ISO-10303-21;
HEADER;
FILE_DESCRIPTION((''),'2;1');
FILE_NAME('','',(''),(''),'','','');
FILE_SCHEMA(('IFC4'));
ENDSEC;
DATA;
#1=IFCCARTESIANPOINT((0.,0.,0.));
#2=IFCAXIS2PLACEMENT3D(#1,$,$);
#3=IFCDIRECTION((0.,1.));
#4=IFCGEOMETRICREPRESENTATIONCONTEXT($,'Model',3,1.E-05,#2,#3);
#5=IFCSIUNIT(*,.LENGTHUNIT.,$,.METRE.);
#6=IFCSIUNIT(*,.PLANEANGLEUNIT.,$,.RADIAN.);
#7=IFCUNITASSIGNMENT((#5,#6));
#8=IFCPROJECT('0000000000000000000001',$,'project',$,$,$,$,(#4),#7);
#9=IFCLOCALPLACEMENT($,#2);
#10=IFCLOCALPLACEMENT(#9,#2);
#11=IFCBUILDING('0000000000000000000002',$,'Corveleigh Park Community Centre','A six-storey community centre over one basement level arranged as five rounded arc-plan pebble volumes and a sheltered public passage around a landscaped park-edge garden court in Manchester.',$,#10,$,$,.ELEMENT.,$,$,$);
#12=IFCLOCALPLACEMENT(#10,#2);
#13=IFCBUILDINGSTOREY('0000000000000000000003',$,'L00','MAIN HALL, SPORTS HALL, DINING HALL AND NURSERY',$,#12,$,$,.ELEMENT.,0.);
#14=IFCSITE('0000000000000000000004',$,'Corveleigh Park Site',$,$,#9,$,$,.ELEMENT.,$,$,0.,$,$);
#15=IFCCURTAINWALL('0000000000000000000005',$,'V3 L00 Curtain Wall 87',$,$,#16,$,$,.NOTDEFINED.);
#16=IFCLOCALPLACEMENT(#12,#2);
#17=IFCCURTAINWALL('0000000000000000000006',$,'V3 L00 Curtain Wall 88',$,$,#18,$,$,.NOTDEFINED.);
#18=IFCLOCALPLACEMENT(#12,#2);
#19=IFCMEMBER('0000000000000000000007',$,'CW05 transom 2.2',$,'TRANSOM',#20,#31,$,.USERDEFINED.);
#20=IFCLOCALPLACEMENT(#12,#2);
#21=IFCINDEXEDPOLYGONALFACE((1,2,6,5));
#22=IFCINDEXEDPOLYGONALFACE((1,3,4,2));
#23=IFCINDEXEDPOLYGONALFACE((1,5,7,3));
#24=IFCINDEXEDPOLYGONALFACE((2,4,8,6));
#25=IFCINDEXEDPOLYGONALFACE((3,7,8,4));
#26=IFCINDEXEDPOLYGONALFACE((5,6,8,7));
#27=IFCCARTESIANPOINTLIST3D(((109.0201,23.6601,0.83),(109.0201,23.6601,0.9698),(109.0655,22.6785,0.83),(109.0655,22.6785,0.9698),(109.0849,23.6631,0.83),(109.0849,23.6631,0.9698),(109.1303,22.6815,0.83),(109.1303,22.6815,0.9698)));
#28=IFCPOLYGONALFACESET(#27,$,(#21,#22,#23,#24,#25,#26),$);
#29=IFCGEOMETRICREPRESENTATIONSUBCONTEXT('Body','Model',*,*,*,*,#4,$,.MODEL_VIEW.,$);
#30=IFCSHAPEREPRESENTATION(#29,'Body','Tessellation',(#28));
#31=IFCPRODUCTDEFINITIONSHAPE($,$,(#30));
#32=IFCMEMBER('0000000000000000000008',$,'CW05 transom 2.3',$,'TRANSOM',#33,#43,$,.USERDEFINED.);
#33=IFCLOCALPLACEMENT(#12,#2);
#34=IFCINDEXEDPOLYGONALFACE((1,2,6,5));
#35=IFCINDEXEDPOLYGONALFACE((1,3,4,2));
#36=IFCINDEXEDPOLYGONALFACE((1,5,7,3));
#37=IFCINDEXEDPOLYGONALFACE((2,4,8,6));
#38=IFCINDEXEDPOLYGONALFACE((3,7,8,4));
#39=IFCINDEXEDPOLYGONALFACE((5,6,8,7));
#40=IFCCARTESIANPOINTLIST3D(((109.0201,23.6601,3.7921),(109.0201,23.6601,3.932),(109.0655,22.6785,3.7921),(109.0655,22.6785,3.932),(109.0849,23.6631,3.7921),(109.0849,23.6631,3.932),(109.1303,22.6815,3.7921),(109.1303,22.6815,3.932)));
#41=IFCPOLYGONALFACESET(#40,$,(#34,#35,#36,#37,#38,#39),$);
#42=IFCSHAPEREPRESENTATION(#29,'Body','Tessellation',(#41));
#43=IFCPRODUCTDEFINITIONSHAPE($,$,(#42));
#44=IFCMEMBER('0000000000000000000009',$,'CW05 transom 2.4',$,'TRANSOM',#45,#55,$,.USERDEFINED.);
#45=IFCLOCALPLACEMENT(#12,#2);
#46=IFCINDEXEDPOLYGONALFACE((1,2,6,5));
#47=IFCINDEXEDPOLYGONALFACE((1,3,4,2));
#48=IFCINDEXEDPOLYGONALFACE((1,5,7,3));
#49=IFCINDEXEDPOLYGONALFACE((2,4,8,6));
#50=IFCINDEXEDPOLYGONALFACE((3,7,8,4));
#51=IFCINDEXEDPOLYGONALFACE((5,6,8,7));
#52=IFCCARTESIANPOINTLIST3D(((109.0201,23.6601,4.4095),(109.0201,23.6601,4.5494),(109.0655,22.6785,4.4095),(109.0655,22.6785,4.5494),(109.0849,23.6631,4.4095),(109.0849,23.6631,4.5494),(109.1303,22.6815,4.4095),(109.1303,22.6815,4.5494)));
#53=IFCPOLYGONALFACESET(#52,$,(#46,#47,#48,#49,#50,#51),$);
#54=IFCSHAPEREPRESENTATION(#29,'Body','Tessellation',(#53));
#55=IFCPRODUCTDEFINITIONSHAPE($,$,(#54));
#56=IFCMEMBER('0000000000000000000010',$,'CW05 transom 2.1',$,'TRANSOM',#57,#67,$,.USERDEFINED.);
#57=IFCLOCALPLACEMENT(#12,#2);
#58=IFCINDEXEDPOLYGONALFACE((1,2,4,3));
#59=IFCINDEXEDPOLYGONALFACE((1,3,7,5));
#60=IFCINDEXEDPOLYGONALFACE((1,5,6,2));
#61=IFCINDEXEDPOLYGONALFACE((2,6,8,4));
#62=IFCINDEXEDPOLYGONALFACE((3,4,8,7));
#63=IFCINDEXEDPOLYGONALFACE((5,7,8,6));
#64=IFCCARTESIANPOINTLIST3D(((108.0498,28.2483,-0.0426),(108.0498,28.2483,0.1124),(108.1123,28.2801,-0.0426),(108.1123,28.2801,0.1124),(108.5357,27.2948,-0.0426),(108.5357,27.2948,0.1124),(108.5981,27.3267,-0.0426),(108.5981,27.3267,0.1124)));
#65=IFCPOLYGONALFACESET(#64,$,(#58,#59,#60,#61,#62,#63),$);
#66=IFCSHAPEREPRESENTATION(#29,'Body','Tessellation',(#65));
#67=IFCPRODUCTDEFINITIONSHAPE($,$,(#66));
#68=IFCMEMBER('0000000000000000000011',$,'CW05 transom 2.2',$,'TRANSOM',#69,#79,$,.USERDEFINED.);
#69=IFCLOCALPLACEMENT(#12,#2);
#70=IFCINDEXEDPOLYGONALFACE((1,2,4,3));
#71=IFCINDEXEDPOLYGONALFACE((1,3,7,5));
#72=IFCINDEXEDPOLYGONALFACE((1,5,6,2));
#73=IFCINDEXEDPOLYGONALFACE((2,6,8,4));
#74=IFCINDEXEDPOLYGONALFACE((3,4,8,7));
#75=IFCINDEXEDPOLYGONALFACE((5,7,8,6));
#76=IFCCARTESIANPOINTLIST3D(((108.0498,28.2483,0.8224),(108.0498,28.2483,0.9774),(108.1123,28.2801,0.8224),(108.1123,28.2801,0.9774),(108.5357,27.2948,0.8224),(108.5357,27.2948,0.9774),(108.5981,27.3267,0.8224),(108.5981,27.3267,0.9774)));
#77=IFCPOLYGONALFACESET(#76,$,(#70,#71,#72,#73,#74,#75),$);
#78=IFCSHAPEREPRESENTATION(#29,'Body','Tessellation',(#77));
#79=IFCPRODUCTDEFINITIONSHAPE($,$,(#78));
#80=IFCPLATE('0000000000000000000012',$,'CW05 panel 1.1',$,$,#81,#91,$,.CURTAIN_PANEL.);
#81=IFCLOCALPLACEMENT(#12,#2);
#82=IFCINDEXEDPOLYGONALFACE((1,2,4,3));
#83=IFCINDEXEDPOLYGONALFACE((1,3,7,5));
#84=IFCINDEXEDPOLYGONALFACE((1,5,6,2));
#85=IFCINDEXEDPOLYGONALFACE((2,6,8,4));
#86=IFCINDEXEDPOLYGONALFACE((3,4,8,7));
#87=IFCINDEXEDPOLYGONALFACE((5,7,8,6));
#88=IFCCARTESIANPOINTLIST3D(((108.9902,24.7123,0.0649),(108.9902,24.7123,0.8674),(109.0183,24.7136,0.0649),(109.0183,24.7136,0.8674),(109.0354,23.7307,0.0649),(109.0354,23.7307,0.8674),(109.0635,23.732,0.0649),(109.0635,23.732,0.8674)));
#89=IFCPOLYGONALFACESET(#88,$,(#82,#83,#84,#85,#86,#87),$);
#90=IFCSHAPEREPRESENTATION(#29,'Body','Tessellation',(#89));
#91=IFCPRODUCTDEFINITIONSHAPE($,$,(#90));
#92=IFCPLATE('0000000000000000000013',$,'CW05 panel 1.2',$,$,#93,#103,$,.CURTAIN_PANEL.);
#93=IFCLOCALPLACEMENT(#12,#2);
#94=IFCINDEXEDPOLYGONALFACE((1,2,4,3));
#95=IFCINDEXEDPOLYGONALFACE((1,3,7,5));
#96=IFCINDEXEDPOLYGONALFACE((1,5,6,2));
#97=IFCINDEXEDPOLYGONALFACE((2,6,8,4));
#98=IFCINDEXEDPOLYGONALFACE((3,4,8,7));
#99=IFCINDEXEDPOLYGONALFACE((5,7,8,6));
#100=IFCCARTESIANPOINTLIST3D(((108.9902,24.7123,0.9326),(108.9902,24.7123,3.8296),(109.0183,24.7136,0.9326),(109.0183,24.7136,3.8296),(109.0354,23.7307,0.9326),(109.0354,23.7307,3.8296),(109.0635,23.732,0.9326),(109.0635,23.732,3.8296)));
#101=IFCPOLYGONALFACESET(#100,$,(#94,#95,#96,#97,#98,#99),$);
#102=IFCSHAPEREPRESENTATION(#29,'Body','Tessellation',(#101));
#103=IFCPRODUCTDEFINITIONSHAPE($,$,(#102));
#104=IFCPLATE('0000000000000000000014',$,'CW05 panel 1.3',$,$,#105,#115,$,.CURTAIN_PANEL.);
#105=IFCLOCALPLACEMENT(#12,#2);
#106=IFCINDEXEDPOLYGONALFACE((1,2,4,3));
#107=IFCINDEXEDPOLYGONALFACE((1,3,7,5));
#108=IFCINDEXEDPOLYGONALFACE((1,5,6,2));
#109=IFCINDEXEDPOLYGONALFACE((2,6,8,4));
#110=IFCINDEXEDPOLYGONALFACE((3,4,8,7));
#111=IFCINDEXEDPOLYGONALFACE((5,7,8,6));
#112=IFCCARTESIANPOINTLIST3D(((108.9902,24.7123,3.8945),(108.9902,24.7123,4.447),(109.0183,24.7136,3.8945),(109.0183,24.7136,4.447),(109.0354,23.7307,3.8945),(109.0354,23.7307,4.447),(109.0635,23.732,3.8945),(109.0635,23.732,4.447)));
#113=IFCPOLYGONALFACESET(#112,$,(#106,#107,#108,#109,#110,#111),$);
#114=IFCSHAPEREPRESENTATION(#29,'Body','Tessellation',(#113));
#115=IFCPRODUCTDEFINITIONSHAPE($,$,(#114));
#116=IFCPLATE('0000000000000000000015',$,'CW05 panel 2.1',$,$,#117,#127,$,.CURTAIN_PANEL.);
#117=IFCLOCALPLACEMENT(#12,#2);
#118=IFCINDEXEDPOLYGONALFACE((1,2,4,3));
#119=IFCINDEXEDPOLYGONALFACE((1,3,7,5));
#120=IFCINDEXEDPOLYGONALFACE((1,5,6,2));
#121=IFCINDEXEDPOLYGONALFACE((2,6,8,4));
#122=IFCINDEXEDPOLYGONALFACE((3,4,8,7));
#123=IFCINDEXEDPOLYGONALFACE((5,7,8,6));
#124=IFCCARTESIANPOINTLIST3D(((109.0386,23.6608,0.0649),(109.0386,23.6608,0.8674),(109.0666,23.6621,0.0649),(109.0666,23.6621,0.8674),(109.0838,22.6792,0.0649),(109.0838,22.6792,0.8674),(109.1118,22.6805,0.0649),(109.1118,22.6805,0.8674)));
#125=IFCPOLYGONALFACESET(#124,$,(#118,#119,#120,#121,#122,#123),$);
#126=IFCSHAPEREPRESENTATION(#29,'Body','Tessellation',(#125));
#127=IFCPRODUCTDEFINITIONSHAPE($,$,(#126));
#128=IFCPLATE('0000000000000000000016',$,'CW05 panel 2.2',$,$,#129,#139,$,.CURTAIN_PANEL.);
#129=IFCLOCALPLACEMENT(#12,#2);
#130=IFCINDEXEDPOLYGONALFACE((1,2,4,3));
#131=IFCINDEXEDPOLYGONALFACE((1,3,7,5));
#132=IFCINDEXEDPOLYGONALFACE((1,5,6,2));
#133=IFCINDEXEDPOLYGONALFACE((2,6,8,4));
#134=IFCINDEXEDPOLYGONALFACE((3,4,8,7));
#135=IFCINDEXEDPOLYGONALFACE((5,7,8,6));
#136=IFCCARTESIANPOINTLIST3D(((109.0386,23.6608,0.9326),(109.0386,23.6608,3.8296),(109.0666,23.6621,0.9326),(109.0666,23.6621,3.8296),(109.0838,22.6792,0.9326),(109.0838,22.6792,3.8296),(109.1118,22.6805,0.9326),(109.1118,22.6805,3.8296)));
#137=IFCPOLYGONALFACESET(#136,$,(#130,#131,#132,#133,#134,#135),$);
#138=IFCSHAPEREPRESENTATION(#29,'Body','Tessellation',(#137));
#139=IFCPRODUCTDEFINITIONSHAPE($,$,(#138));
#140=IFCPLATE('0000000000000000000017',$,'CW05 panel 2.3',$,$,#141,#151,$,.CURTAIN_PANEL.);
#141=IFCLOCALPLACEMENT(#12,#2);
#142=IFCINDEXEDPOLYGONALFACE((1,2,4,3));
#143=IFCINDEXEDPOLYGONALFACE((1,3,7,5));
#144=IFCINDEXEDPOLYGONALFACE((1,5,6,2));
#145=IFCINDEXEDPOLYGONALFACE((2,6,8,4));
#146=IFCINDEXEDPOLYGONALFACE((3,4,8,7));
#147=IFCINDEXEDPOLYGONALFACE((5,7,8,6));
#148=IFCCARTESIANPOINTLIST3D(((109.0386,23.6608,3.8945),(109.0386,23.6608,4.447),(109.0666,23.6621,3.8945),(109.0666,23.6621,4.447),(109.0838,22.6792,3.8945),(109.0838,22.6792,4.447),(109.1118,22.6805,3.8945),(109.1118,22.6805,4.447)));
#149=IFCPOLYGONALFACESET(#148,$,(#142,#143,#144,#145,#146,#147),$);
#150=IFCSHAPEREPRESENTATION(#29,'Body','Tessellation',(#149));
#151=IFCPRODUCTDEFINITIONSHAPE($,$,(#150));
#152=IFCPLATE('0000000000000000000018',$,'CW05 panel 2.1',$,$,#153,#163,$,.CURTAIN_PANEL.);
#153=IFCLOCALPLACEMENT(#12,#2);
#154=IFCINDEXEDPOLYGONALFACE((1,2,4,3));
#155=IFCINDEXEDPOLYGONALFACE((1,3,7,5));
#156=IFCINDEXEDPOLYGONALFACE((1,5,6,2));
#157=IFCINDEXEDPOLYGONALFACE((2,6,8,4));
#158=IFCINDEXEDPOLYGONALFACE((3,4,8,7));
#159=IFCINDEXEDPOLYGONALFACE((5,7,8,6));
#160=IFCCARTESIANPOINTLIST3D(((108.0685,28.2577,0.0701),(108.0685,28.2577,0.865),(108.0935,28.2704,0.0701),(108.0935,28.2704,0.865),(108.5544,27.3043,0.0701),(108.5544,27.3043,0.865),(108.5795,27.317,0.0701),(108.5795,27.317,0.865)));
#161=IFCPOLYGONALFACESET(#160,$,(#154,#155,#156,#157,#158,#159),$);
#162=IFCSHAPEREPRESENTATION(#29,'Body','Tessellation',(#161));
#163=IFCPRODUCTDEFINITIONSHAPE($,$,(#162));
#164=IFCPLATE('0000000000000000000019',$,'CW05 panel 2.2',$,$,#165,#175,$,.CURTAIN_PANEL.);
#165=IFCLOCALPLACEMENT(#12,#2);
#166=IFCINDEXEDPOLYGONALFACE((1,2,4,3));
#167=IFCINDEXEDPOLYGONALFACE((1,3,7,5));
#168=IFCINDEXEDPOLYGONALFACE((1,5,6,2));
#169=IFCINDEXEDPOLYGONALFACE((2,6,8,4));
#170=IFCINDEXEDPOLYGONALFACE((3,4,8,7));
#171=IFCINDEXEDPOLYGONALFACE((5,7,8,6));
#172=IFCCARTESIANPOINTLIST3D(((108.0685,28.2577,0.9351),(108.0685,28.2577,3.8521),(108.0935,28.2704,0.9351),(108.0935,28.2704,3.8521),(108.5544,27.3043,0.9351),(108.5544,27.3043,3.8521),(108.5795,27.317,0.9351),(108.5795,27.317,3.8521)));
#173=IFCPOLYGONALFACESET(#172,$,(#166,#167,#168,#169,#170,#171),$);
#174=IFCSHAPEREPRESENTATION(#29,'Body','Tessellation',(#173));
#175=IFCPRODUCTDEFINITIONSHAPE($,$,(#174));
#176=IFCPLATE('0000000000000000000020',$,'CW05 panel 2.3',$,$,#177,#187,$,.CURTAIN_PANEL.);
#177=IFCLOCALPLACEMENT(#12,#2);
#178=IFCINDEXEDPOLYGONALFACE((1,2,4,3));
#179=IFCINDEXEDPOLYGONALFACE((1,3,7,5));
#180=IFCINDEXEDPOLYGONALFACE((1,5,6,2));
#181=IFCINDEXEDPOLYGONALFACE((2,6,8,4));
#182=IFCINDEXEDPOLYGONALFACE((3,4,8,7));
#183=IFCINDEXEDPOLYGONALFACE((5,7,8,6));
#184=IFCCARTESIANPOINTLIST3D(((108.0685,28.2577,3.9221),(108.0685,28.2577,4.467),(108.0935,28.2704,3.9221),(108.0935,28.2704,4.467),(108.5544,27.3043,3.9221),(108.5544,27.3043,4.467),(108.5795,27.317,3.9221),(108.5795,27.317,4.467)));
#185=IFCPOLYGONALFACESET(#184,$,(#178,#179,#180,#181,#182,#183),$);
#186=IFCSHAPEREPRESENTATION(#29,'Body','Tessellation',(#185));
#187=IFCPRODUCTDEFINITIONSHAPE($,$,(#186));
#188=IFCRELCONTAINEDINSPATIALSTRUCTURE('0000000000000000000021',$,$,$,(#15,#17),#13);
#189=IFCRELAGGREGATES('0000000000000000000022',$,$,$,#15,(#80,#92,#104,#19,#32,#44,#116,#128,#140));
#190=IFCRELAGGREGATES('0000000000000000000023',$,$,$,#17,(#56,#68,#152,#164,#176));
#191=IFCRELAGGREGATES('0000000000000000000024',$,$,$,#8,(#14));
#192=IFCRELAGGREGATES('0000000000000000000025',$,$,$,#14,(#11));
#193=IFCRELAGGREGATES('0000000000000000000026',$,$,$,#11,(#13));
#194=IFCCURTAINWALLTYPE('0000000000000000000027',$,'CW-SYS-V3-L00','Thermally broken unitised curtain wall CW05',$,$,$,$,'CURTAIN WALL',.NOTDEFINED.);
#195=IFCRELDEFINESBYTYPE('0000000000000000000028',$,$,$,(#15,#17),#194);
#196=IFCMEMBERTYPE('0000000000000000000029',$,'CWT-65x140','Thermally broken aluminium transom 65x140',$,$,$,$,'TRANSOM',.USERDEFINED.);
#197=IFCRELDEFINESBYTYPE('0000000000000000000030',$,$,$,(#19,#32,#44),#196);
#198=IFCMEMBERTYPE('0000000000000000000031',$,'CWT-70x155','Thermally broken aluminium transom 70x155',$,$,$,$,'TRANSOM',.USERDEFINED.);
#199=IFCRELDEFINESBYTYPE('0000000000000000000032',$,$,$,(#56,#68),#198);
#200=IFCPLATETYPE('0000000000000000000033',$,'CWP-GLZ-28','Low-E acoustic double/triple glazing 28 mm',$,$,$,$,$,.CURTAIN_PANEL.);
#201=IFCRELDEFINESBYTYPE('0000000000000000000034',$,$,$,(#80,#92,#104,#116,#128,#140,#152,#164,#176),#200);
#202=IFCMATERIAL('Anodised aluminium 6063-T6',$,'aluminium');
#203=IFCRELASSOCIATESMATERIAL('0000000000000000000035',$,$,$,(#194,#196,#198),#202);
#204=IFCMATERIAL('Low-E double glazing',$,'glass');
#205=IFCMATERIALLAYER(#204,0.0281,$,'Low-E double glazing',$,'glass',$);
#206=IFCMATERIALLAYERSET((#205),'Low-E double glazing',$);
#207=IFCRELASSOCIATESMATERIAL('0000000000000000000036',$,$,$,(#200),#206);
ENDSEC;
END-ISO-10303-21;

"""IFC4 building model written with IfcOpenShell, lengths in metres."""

from ifc_helpers import new_model, si_unit, direction, frame, origin, origin_2d, place, context, subcontext, project, spatial, rectangle, extrude, material, layer, layer_set, material_profile, profile_set, type_object, element, aggregate, save


model = new_model("IFC4")

# Units and contexts
model_context = context("Model", 3, precision=1e-05, world=origin(), true_north=direction((0.0, 1.0)))
body_context = subcontext(model_context, "Body", "Model", "MODEL_VIEW")
ifc_project = project(units=[si_unit("LENGTHUNIT", "METRE"), si_unit("PLANEANGLEUNIT", "RADIAN")], contexts=[model_context])

# Site, building, storey
site_placement = place(None, origin())
site = spatial("IfcSite", under=ifc_project, at=site_placement, Name="Corveleigh Park Site", CompositionType="ELEMENT", RefElevation=0.0)
building_placement = place(site_placement, origin())
building = spatial("IfcBuilding", under=site, at=building_placement, Name="Corveleigh Park Community Centre", Description="A six-storey community centre over one basement level arranged as five rounded arc-plan pebble volumes and a sheltered public passage around a landscaped park-edge garden court in Manchester.", CompositionType="ELEMENT")
storey_placement = place(building_placement, origin())
storey = spatial("IfcBuildingStorey", under=building, at=storey_placement, Name="L00", Description="MAIN HALL, SPORTS HALL, DINING HALL AND NURSERY", CompositionType="ELEMENT", Elevation=0.0)

# Shared definitions
ifc_material_1 = material(Name="Anodised aluminium 6063-T6", Category="aluminium")
curtain_wall_type = type_object("IfcCurtainWallType", Name="CW-SYS-V3-L00", Description="Thermally broken unitised curtain wall CW05", ElementType="CURTAIN WALL", PredefinedType="NOTDEFINED", material=ifc_material_1)

# Curtain wall
curtain_wall_1_placement = place(storey_placement, origin())
curtain_wall_1 = element("IfcCurtainWall", 1, at=curtain_wall_1_placement, inside=storey, type_object=curtain_wall_type, Name="V3 L00 Curtain Wall 87", PredefinedType="NOTDEFINED")

# Curtain wall
curtain_wall_2_placement = place(storey_placement, origin())
curtain_wall_2 = element("IfcCurtainWall", 2, at=curtain_wall_2_placement, inside=storey, type_object=curtain_wall_type, Name="V3 L00 Curtain Wall 88", PredefinedType="NOTDEFINED")

# Members
ifc_material_profile_1 = material_profile(ifc_material_1, rectangle(XDim=0.0649, YDim=0.1399, at=origin_2d()), Name="ALU-T65x140", Category="aluminium")
ifc_profile_set_1 = profile_set([ifc_material_profile_1], Name="Anodised aluminium 6063-T6")
member_type_1 = type_object("IfcMemberType", Name="CWT-65x140", Description="Thermally broken aluminium transom 65x140", ElementType="TRANSOM", PredefinedType="USERDEFINED", material=ifc_profile_set_1)
member_1_placement = place(storey_placement, frame((109.0525, 23.6616, 0.8999), z_axis=(0.046208, -0.998932, 0.0), x_axis=(0.998932, 0.046208, 0.0)))
member_1 = element("IfcMember", 3, at=member_1_placement, type_object=member_type_1, Name="CW05 transom 2.2", ObjectType="TRANSOM", PredefinedType="USERDEFINED", context=body_context, shape_type="SweptSolid", body=[
    extrude(rectangle(XDim=0.0649, YDim=0.1399, at=origin_2d()), origin(), (0.0, 0.0, 1.0), 0.9827),
])
member_2_placement = place(storey_placement, frame((109.0525, 23.6616, 3.8621), z_axis=(0.046208, -0.998932, 0.0), x_axis=(0.998932, 0.046208, 0.0)))
member_2 = element("IfcMember", 4, at=member_2_placement, type_object=member_type_1, Name="CW05 transom 2.3", ObjectType="TRANSOM", PredefinedType="USERDEFINED", context=body_context, shape_type="SweptSolid", body=[
    extrude(rectangle(XDim=0.0649, YDim=0.1399, at=origin_2d()), origin(), (0.0, 0.0, 1.0), 0.9827),
])
member_3_placement = place(storey_placement, frame((109.0525, 23.6616, 4.4795), z_axis=(0.046208, -0.998932, 0.0), x_axis=(0.998932, 0.046208, 0.0)))
member_3 = element("IfcMember", 5, at=member_3_placement, type_object=member_type_1, Name="CW05 transom 2.4", ObjectType="TRANSOM", PredefinedType="USERDEFINED", context=body_context, shape_type="SweptSolid", body=[
    extrude(rectangle(XDim=0.0649, YDim=0.1399, at=origin_2d()), origin(), (0.0, 0.0, 1.0), 0.9827),
])
ifc_material_profile_2 = material_profile(ifc_material_1, rectangle(XDim=0.0701, YDim=0.155, at=origin_2d()), Name="ALU-T70x155", Category="aluminium")
ifc_profile_set_2 = profile_set([ifc_material_profile_2], Name="Anodised aluminium 6063-T6")
member_type_2 = type_object("IfcMemberType", Name="CWT-70x155", Description="Thermally broken aluminium transom 70x155", ElementType="TRANSOM", PredefinedType="USERDEFINED", material=ifc_profile_set_2)
member_4_placement = place(storey_placement, frame((108.0811, 28.2642, 0.0349), z_axis=(0.454045, -0.890979, 0.0), x_axis=(0.890979, 0.454045, 0.0)))
member_4 = element("IfcMember", 6, at=member_4_placement, type_object=member_type_2, Name="CW05 transom 2.1", ObjectType="TRANSOM", PredefinedType="USERDEFINED", context=body_context, shape_type="SweptSolid", body=[
    extrude(rectangle(XDim=0.0701, YDim=0.155, at=origin_2d()), origin(), (0.0, 0.0, 1.0), 1.0701),
])
member_5_placement = place(storey_placement, frame((108.0811, 28.2642, 0.8999), z_axis=(0.454045, -0.890979, 0.0), x_axis=(0.890979, 0.454045, 0.0)))
member_5 = element("IfcMember", 7, at=member_5_placement, type_object=member_type_2, Name="CW05 transom 2.2", ObjectType="TRANSOM", PredefinedType="USERDEFINED", context=body_context, shape_type="SweptSolid", body=[
    extrude(rectangle(XDim=0.0701, YDim=0.155, at=origin_2d()), origin(), (0.0, 0.0, 1.0), 1.0701),
])

# Plates
ifc_material_2 = material(Name="Low-E double glazing", Category="glass")
ifc_layer_1 = layer(ifc_material_2, 0.0281, Name="Low-E double glazing", Category="glass")
ifc_layer_set_1 = layer_set([ifc_layer_1], Name="Low-E double glazing")
plate_type = type_object("IfcPlateType", Name="CWP-GLZ-28", Description="Low-E acoustic double/triple glazing 28 mm", PredefinedType="CURTAIN_PANEL", material=ifc_layer_set_1)
plate_1_placement = place(storey_placement, frame((109.0269, 24.2222, 0.0649), z_axis=(0.0, 0.0, 1.0), x_axis=(0.045971, -0.998943, 0.0)))
plate_1 = element("IfcPlate", 8, at=plate_1_placement, type_object=plate_type, Name="CW05 panel 1.1", PredefinedType="CURTAIN_PANEL", context=body_context, shape_type="SweptSolid", body=[
    extrude(rectangle(XDim=0.9827, YDim=0.0281, at=origin_2d()), origin(), (0.0, 0.0, 1.0), 0.8025),
])
plate_2_placement = place(storey_placement, frame((109.0269, 24.2222, 0.9326), z_axis=(0.0, 0.0, 1.0), x_axis=(0.045971, -0.998943, 0.0)))
plate_2 = element("IfcPlate", 9, at=plate_2_placement, type_object=plate_type, Name="CW05 panel 1.2", PredefinedType="CURTAIN_PANEL", context=body_context, shape_type="SweptSolid", body=[
    extrude(rectangle(XDim=0.9827, YDim=0.0281, at=origin_2d()), origin(), (0.0, 0.0, 1.0), 2.897),
])
plate_3_placement = place(storey_placement, frame((109.0269, 24.2222, 3.8945), z_axis=(0.0, 0.0, 1.0), x_axis=(0.045971, -0.998943, 0.0)))
plate_3 = element("IfcPlate", 10, at=plate_3_placement, type_object=plate_type, Name="CW05 panel 1.3", PredefinedType="CURTAIN_PANEL", context=body_context, shape_type="SweptSolid", body=[
    extrude(rectangle(XDim=0.9827, YDim=0.0281, at=origin_2d()), origin(), (0.0, 0.0, 1.0), 0.5525),
])
plate_4_placement = place(storey_placement, frame((109.0752, 23.1707, 0.0649), z_axis=(0.0, 0.0, 1.0), x_axis=(0.045971, -0.998943, 0.0)))
plate_4 = element("IfcPlate", 11, at=plate_4_placement, type_object=plate_type, Name="CW05 panel 2.1", PredefinedType="CURTAIN_PANEL", context=body_context, shape_type="SweptSolid", body=[
    extrude(rectangle(XDim=0.9827, YDim=0.0281, at=origin_2d()), origin(), (0.0, 0.0, 1.0), 0.8025),
])
plate_5_placement = place(storey_placement, frame((109.0752, 23.1707, 0.9326), z_axis=(0.0, 0.0, 1.0), x_axis=(0.045971, -0.998943, 0.0)))
plate_5 = element("IfcPlate", 12, at=plate_5_placement, type_object=plate_type, Name="CW05 panel 2.2", PredefinedType="CURTAIN_PANEL", context=body_context, shape_type="SweptSolid", body=[
    extrude(rectangle(XDim=0.9827, YDim=0.0281, at=origin_2d()), origin(), (0.0, 0.0, 1.0), 2.897),
])
plate_6_placement = place(storey_placement, frame((109.0752, 23.1707, 3.8945), z_axis=(0.0, 0.0, 1.0), x_axis=(0.045971, -0.998943, 0.0)))
plate_6 = element("IfcPlate", 13, at=plate_6_placement, type_object=plate_type, Name="CW05 panel 2.3", PredefinedType="CURTAIN_PANEL", context=body_context, shape_type="SweptSolid", body=[
    extrude(rectangle(XDim=0.9827, YDim=0.0281, at=origin_2d()), origin(), (0.0, 0.0, 1.0), 0.5525),
])
aggregate(curtain_wall_1, [plate_1, plate_2, plate_3, member_1, member_2, member_3, plate_4, plate_5, plate_6])
plate_7_placement = place(storey_placement, frame((108.324, 27.7874, 0.0701), z_axis=(0.0, 0.0, 1.0), x_axis=(0.454135, -0.890933, 0.0)))
plate_7 = element("IfcPlate", 14, at=plate_7_placement, type_object=plate_type, Name="CW05 panel 2.1", PredefinedType="CURTAIN_PANEL", context=body_context, shape_type="SweptSolid", body=[
    extrude(rectangle(XDim=1.0701, YDim=0.0281, at=origin_2d()), origin(), (0.0, 0.0, 1.0), 0.7949),
])
plate_8_placement = place(storey_placement, frame((108.324, 27.7874, 0.9351), z_axis=(0.0, 0.0, 1.0), x_axis=(0.454135, -0.890933, 0.0)))
plate_8 = element("IfcPlate", 15, at=plate_8_placement, type_object=plate_type, Name="CW05 panel 2.2", PredefinedType="CURTAIN_PANEL", context=body_context, shape_type="SweptSolid", body=[
    extrude(rectangle(XDim=1.0701, YDim=0.0281, at=origin_2d()), origin(), (0.0, 0.0, 1.0), 2.917),
])
plate_9_placement = place(storey_placement, frame((108.324, 27.7874, 3.9221), z_axis=(0.0, 0.0, 1.0), x_axis=(0.454135, -0.890933, 0.0)))
plate_9 = element("IfcPlate", 16, at=plate_9_placement, type_object=plate_type, Name="CW05 panel 2.3", PredefinedType="CURTAIN_PANEL", context=body_context, shape_type="SweptSolid", body=[
    extrude(rectangle(XDim=1.0701, YDim=0.0281, at=origin_2d()), origin(), (0.0, 0.0, 1.0), 0.5449),
])
aggregate(curtain_wall_2, [member_4, member_5, plate_7, plate_8, plate_9])

save(model, "model.ifc")
